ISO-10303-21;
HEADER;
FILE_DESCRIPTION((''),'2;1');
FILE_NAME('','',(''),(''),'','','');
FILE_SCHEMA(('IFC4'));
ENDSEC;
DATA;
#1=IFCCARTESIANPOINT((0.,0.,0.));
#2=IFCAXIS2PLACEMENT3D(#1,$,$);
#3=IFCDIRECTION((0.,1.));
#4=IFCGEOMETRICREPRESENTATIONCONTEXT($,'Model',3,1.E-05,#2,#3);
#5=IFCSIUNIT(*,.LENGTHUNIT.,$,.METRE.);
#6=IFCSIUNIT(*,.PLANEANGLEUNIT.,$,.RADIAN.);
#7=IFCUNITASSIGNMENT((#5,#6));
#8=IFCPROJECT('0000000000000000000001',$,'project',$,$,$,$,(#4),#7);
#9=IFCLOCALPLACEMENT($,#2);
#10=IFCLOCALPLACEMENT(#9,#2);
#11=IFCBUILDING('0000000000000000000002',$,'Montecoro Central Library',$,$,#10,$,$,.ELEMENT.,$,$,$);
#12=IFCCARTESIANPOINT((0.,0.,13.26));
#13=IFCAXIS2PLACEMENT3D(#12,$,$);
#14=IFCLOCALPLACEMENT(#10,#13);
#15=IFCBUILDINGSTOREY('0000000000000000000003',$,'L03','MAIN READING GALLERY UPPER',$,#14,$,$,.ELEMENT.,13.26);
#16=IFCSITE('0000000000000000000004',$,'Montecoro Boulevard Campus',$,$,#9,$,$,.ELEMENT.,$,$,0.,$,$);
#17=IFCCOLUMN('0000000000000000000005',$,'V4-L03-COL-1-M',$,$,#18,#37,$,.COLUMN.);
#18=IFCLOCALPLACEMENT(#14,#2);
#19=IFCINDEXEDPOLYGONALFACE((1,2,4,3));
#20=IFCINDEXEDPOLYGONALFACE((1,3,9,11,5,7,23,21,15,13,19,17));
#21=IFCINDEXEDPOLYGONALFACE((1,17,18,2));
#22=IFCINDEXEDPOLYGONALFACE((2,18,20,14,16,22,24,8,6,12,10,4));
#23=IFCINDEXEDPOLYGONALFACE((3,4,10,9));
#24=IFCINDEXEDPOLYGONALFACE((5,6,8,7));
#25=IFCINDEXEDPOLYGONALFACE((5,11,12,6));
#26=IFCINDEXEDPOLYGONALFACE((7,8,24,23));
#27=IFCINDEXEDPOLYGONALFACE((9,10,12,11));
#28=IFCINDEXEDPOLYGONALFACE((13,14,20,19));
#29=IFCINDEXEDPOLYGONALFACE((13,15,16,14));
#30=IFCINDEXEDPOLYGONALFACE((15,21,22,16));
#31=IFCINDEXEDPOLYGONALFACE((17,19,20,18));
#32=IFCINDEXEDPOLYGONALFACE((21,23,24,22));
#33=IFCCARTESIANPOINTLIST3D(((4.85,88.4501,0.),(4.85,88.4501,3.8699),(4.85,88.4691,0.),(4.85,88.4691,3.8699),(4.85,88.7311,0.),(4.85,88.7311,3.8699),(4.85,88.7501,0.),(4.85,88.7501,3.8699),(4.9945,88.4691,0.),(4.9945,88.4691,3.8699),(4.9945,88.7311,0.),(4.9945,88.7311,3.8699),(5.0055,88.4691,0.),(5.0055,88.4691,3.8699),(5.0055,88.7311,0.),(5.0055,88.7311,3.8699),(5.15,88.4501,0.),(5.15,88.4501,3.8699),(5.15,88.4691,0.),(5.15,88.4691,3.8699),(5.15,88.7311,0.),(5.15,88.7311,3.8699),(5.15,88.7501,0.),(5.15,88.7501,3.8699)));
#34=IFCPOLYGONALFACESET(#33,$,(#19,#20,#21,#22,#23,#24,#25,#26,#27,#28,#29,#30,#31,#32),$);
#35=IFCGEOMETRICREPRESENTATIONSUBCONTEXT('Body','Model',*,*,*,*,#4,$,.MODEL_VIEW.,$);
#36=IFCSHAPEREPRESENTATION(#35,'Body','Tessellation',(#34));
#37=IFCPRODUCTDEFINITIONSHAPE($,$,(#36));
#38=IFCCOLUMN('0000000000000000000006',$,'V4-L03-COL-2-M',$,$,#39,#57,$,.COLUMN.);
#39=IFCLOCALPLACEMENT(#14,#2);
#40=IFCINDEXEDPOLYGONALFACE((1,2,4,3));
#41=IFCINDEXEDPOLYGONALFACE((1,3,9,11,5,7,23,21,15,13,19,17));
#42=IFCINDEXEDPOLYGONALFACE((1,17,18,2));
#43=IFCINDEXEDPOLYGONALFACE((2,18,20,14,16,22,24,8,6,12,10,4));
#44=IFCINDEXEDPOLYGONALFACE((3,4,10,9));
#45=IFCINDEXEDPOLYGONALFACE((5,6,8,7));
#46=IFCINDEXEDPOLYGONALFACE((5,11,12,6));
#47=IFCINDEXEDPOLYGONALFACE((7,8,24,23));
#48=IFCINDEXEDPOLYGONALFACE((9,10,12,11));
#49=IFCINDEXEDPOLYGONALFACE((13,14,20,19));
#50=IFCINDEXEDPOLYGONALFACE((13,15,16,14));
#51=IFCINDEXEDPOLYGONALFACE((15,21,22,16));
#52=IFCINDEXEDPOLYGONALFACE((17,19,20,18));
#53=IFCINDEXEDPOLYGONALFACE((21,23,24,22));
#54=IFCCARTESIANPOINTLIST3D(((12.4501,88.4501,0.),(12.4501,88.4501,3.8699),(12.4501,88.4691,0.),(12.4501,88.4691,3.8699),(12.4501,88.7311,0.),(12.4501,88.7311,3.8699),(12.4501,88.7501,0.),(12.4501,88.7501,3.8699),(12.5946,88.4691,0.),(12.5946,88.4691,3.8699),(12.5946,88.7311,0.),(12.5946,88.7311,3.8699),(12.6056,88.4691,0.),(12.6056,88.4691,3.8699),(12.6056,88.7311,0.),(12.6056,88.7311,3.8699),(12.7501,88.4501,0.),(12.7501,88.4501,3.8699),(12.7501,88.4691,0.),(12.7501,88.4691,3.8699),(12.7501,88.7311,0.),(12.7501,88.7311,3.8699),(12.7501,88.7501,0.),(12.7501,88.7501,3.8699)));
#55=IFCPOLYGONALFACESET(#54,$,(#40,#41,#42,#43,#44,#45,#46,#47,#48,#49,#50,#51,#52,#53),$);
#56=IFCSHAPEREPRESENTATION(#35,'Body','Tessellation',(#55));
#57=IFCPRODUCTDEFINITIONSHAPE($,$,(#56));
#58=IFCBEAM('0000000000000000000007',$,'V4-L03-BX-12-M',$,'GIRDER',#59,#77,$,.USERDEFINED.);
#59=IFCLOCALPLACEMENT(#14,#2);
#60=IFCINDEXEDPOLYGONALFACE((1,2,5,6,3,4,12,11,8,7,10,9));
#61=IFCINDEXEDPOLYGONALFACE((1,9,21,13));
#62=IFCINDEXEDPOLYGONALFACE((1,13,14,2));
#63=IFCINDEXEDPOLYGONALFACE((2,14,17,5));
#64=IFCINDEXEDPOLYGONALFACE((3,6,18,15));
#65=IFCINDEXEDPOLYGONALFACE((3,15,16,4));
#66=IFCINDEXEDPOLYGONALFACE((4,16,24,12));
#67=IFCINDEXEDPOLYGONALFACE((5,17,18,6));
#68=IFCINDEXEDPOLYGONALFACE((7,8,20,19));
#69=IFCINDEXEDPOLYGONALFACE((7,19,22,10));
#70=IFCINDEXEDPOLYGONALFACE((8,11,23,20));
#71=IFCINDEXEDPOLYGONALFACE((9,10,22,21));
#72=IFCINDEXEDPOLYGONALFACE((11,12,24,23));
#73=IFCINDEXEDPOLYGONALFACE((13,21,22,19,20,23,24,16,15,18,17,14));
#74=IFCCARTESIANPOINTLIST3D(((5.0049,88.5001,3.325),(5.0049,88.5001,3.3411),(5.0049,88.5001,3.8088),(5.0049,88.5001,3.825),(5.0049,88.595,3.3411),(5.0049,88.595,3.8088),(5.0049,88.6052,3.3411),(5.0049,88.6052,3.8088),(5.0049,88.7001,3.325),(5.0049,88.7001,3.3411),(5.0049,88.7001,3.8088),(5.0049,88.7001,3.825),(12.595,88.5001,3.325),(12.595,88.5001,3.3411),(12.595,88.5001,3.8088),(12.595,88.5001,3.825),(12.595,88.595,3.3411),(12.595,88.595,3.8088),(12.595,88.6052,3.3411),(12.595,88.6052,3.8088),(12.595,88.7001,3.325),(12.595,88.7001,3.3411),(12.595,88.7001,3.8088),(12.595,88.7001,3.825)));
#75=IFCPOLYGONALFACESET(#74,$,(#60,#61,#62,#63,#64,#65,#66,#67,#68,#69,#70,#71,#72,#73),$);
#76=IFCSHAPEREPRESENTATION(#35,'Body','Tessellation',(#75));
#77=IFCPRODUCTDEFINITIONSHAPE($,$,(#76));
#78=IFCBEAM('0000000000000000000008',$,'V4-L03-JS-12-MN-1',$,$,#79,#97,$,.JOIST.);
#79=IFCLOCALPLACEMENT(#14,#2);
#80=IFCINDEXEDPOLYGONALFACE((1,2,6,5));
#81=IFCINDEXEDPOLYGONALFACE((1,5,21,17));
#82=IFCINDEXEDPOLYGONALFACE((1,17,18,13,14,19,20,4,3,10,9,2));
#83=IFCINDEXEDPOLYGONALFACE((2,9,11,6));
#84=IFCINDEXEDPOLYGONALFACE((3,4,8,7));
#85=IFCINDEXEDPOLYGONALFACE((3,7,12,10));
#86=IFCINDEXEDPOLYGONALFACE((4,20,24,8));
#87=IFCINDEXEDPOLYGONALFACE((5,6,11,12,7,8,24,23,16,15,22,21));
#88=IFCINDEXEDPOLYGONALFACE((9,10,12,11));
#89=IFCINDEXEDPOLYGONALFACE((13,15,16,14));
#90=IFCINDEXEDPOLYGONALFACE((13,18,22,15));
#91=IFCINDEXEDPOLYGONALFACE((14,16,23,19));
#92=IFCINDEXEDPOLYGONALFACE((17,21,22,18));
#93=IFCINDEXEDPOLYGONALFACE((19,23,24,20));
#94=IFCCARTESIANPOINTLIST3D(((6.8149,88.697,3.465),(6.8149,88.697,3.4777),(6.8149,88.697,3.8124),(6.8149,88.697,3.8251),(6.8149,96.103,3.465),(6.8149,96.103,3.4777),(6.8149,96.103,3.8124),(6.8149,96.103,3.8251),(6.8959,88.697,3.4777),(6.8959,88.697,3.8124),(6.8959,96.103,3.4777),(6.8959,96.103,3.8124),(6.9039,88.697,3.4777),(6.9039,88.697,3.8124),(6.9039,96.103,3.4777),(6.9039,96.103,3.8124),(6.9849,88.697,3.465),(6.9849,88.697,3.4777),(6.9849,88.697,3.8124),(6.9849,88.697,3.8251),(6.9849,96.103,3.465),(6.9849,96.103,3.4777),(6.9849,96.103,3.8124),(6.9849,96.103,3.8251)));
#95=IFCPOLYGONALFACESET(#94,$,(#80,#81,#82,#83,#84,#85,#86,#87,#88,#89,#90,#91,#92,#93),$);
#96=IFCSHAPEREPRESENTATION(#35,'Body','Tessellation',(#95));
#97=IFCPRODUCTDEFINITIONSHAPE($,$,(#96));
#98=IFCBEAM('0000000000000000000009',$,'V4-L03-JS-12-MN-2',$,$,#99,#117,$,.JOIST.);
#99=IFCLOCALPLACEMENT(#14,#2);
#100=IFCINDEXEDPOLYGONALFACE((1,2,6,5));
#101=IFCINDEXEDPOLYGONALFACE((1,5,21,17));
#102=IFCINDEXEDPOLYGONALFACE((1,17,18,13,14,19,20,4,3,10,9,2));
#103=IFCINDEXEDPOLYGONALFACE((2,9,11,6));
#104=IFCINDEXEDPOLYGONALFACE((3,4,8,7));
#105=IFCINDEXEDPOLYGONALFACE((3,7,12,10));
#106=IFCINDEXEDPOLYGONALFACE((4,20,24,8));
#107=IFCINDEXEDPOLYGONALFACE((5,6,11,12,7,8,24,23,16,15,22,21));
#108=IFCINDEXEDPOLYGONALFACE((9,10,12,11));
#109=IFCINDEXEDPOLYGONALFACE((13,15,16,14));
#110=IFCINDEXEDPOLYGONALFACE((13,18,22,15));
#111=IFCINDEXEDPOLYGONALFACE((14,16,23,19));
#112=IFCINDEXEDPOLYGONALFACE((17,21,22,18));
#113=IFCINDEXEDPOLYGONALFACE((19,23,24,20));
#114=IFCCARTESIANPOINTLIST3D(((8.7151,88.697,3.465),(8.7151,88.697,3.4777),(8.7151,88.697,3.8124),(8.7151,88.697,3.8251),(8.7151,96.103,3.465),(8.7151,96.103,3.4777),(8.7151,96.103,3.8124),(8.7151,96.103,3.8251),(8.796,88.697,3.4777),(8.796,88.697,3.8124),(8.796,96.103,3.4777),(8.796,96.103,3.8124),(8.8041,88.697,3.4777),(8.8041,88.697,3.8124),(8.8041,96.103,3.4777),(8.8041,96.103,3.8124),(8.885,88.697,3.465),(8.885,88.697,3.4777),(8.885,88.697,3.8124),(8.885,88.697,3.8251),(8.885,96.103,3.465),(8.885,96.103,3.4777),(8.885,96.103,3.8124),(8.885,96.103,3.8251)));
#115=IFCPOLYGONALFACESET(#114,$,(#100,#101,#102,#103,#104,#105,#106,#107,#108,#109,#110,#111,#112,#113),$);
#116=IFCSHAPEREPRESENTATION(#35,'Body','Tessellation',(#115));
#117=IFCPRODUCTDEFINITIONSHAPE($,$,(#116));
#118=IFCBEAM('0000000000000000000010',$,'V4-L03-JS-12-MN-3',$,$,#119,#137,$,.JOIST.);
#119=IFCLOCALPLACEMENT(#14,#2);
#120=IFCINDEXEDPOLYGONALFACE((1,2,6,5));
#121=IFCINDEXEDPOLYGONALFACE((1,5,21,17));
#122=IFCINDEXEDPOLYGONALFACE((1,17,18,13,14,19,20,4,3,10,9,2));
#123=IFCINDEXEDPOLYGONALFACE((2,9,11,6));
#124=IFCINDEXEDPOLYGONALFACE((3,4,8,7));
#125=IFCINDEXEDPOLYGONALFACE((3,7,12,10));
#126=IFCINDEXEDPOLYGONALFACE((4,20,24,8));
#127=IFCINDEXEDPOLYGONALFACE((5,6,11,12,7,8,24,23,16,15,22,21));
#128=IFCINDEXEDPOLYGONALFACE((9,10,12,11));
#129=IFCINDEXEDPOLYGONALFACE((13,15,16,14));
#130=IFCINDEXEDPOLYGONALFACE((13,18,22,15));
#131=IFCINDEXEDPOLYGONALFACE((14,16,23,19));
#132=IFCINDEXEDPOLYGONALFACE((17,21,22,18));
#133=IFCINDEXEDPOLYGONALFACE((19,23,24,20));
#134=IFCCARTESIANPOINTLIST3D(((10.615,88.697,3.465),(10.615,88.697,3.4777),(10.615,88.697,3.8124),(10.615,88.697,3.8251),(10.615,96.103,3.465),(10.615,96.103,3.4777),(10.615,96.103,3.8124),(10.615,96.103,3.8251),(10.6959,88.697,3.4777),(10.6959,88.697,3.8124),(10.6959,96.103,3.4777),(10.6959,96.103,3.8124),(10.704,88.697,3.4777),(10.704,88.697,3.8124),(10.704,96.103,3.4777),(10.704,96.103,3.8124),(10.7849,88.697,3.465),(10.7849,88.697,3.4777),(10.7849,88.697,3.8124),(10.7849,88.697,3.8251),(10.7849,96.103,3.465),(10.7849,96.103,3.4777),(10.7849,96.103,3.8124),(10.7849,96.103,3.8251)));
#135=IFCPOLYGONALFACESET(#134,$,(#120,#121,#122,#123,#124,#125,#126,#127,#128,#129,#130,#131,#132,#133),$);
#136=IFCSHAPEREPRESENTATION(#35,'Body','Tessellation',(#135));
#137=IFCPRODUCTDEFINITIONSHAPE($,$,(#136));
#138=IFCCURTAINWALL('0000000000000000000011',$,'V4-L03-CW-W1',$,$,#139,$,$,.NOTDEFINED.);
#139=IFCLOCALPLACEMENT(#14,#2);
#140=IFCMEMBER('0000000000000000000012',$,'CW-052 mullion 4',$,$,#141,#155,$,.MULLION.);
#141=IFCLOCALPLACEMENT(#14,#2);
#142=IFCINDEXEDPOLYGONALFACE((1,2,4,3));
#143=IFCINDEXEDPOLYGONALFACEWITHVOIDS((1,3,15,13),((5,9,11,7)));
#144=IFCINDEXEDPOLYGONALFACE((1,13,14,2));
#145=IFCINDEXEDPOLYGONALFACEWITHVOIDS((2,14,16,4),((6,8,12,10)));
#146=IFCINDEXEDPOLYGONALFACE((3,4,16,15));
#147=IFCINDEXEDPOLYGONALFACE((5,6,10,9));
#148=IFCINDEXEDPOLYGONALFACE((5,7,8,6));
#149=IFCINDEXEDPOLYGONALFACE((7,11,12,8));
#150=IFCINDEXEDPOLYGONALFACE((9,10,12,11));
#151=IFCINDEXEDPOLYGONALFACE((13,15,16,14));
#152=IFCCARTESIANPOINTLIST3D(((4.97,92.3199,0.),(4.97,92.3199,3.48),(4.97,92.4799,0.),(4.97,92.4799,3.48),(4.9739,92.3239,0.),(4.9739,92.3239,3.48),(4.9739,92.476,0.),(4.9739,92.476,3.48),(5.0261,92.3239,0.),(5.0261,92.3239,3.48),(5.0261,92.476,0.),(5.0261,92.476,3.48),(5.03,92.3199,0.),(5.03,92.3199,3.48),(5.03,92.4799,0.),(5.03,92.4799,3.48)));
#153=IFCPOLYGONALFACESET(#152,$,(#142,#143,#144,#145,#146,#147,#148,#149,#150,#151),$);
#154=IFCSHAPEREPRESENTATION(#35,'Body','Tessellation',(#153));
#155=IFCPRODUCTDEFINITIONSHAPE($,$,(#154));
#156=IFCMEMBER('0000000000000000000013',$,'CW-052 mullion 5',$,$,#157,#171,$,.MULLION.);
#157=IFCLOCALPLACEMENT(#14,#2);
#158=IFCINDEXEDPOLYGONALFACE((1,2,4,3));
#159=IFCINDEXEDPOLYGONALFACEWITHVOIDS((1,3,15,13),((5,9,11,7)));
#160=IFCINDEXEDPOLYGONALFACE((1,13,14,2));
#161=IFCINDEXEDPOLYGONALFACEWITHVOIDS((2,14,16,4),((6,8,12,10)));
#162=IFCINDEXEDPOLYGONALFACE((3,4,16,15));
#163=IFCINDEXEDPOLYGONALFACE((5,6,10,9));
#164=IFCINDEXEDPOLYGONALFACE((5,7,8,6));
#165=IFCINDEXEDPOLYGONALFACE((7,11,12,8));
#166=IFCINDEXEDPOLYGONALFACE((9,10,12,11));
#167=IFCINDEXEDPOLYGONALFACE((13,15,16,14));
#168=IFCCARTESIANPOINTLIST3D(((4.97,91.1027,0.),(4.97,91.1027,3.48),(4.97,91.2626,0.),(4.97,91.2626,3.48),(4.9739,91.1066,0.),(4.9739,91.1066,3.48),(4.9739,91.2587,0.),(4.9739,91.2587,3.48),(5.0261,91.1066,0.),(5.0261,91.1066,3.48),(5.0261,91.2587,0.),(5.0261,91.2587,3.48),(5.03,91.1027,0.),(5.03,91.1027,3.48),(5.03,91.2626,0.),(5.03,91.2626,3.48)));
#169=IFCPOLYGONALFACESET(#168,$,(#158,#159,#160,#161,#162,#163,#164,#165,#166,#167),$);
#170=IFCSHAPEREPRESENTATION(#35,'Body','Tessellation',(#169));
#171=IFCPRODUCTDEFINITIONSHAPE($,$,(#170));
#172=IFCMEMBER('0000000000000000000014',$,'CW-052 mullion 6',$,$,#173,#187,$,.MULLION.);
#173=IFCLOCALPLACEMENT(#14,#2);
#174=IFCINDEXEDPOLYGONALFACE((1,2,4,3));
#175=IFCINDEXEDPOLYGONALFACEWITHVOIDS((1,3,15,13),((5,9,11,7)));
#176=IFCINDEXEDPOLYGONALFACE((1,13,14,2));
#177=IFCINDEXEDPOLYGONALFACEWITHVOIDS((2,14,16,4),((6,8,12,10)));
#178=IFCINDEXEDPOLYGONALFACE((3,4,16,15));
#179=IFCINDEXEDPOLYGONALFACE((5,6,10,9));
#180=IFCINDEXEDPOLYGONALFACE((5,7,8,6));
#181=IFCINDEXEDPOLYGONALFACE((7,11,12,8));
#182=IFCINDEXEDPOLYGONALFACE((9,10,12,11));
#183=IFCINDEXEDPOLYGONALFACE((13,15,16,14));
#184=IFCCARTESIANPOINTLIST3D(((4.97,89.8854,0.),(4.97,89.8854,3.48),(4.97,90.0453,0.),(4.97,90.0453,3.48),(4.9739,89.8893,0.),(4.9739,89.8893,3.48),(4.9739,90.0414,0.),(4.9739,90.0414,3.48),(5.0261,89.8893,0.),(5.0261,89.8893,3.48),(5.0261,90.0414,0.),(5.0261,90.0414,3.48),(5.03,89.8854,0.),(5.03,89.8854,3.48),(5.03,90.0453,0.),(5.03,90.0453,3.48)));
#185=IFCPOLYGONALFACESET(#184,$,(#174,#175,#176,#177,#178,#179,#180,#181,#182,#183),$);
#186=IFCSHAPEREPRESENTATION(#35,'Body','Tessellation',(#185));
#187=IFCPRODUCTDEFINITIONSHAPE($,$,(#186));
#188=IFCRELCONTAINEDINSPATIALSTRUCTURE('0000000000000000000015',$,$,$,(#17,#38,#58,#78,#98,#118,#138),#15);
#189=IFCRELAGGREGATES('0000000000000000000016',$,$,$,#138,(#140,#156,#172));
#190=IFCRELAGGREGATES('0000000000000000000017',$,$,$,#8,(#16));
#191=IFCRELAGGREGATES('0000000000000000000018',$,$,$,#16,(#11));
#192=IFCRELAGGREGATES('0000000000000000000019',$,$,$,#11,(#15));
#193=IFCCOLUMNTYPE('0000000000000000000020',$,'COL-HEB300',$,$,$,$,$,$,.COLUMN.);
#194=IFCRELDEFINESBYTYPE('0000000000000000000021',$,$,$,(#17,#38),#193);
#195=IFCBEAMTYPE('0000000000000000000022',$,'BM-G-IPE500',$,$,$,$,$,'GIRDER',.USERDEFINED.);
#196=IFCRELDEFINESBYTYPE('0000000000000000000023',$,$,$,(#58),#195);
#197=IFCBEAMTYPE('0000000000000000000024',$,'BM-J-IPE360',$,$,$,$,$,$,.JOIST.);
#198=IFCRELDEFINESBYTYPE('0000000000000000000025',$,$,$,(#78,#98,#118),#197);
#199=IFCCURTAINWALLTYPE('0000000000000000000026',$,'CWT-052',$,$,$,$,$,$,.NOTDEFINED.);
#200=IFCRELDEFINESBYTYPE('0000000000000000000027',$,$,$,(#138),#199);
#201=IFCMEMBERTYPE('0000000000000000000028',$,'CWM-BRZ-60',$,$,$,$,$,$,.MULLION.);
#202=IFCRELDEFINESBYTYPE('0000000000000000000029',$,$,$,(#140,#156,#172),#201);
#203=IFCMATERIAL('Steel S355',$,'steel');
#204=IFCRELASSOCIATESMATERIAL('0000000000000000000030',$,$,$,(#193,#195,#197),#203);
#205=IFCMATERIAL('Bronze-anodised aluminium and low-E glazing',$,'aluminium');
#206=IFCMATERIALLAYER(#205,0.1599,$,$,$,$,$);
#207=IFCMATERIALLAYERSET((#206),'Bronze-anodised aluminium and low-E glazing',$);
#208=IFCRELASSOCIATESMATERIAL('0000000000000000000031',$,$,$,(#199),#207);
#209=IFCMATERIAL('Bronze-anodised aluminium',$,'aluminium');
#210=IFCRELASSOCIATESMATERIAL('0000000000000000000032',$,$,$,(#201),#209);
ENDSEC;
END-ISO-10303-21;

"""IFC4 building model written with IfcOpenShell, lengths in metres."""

from ifc_helpers import new_model, si_unit, direction, frame, origin, origin_2d, place, context, subcontext, project, spatial, hollow_rectangle, i_section, extrude, material, layer, layer_set, material_profile, profile_set, type_object, element, aggregate, save


model = new_model("IFC4")

# Units and contexts
model_context = context("Model", 3, precision=1e-05, world=origin(), true_north=direction((0.0, 1.0)))
body_context = subcontext(model_context, "Body", "Model", "MODEL_VIEW")
ifc_project = project(units=[si_unit("LENGTHUNIT", "METRE"), si_unit("PLANEANGLEUNIT", "RADIAN")], contexts=[model_context])

# Site, building, storey
site_placement = place(None, origin())
site = spatial("IfcSite", under=ifc_project, at=site_placement, Name="Montecoro Boulevard Campus", CompositionType="ELEMENT", RefElevation=0.0)
building_placement = place(site_placement, origin())
building = spatial("IfcBuilding", under=site, at=building_placement, Name="Montecoro Central Library", CompositionType="ELEMENT")
storey_placement = place(building_placement, frame((0.0, 0.0, 13.26)))
storey = spatial("IfcBuildingStorey", under=building, at=storey_placement, Name="L03", Description="MAIN READING GALLERY UPPER", CompositionType="ELEMENT", Elevation=13.26)

# Columns
ifc_material_1 = material(Name="Steel S355", Category="steel")
ifc_material_profile_1 = material_profile(ifc_material_1, i_section(OverallWidth=0.3, OverallDepth=0.3, WebThickness=0.011, FlangeThickness=0.019, at=origin_2d()), Name="HEB 300")
ifc_profile_set_1 = profile_set([ifc_material_profile_1], Name="Steel S355")
column_type = type_object("IfcColumnType", Name="COL-HEB300", PredefinedType="COLUMN", material=ifc_profile_set_1)
for number, where, z_axis, x_axis, name in (
    (1, (5.0, 88.6001, 0.0), (0.0, 0.0, 1.0), (1.0, 0.0, 0.0), "V4-L03-COL-1-M"),
    (2, (12.6001, 88.6001, 0.0), (0.0, 0.0, 1.0), (1.0, 0.0, 0.0), "V4-L03-COL-2-M"),
):
    element("IfcColumn", number, at=place(storey_placement, frame(where, z_axis=z_axis, x_axis=x_axis)), inside=storey, type_object=column_type, Name=name, PredefinedType="COLUMN", context=body_context, shape_type="SweptSolid", body=[
        extrude(i_section(OverallWidth=0.3, OverallDepth=0.3, WebThickness=0.011, FlangeThickness=0.019, at=origin_2d()), origin(), (0.0, 0.0, 1.0), 3.8699),
    ])

# Beams
ifc_material_profile_2 = material_profile(ifc_material_1, i_section(OverallWidth=0.2, OverallDepth=0.5, WebThickness=0.0103, FlangeThickness=0.0161, at=origin_2d()), Name="IPE 500")
ifc_profile_set_2 = profile_set([ifc_material_profile_2], Name="Steel S355")
beam_type_1 = type_object("IfcBeamType", Name="BM-G-IPE500", ElementType="GIRDER", PredefinedType="USERDEFINED", material=ifc_profile_set_2)
beam_placement = place(storey_placement, frame((5.0049, 88.6001, 3.575), z_axis=(1.0, 0.0, 0.0), x_axis=(0.0, 1.0, 0.0)))
element("IfcBeam", 3, at=beam_placement, inside=storey, type_object=beam_type_1, Name="V4-L03-BX-12-M", ObjectType="GIRDER", PredefinedType="USERDEFINED", context=body_context, shape_type="SweptSolid", body=[
    extrude(i_section(OverallWidth=0.2, OverallDepth=0.5, WebThickness=0.0103, FlangeThickness=0.0161, at=origin_2d()), origin(), (0.0, 0.0, 1.0), 7.5901),
])
ifc_material_profile_3 = material_profile(ifc_material_1, i_section(OverallWidth=0.1699, OverallDepth=0.3601, WebThickness=0.0081, FlangeThickness=0.0127, at=origin_2d()), Name="IPE 360")
ifc_profile_set_3 = profile_set([ifc_material_profile_3], Name="Steel S355")
beam_type_2 = type_object("IfcBeamType", Name="BM-J-IPE360", PredefinedType="JOIST", material=ifc_profile_set_3)
for number, where, z_axis, x_axis, name in (
    (4, (6.8999, 88.697, 3.645), (0.0, 1.0, 0.0), (-1.0, 0.0, 0.0), "V4-L03-JS-12-MN-1"),
    (5, (8.8, 88.697, 3.645), (0.0, 1.0, 0.0), (-1.0, 0.0, 0.0), "V4-L03-JS-12-MN-2"),
    (6, (10.7, 88.697, 3.645), (0.0, 1.0, 0.0), (-1.0, 0.0, 0.0), "V4-L03-JS-12-MN-3"),
):
    element("IfcBeam", number, at=place(storey_placement, frame(where, z_axis=z_axis, x_axis=x_axis)), inside=storey, type_object=beam_type_2, Name=name, PredefinedType="JOIST", context=body_context, shape_type="SweptSolid", body=[
        extrude(i_section(OverallWidth=0.1699, OverallDepth=0.3601, WebThickness=0.0081, FlangeThickness=0.0127, at=origin_2d()), origin(), (0.0, 0.0, 1.0), 7.406),
    ])

# Curtain wall, members
ifc_material_2 = material(Name="Bronze-anodised aluminium and low-E glazing", Category="aluminium")
ifc_layer_1 = layer(ifc_material_2, 0.1599)
ifc_layer_set_1 = layer_set([ifc_layer_1], Name="Bronze-anodised aluminium and low-E glazing")
curtain_wall_type = type_object("IfcCurtainWallType", Name="CWT-052", PredefinedType="NOTDEFINED", material=ifc_layer_set_1)
curtain_wall_placement = place(storey_placement, origin())
curtain_wall = element("IfcCurtainWall", 7, at=curtain_wall_placement, inside=storey, type_object=curtain_wall_type, Name="V4-L03-CW-W1", PredefinedType="NOTDEFINED")
ifc_material_3 = material(Name="Bronze-anodised aluminium", Category="aluminium")
ifc_material_profile_4 = material_profile(ifc_material_3, hollow_rectangle(XDim=0.0601, YDim=0.1599, WallThickness=0.0039, at=origin_2d()), Name="CWM 160x60x4.0")
ifc_profile_set_4 = profile_set([ifc_material_profile_4], Name="Bronze-anodised aluminium")
member_type_1 = type_object("IfcMemberType", Name="CWM-BRZ-60", PredefinedType="MULLION", material=ifc_profile_set_4)
member_1_placement = place(storey_placement, frame((5.0, 92.3999, 0.0), z_axis=(0.0, 0.0, 1.0), x_axis=(1.0, 0.0, 0.0)))
member_1 = element("IfcMember", 8, at=member_1_placement, type_object=member_type_1, Name="CW-052 mullion 4", PredefinedType="MULLION", context=body_context, shape_type="SweptSolid", body=[
    extrude(hollow_rectangle(XDim=0.0601, YDim=0.1599, WallThickness=0.0039, at=origin_2d()), origin(), (0.0, 0.0, 1.0), 3.48),
])
member_2_placement = place(storey_placement, frame((5.0, 91.1826, 0.0), z_axis=(0.0, 0.0, 1.0), x_axis=(1.0, 0.0, 0.0)))
member_2 = element("IfcMember", 9, at=member_2_placement, type_object=member_type_1, Name="CW-052 mullion 5", PredefinedType="MULLION", context=body_context, shape_type="SweptSolid", body=[
    extrude(hollow_rectangle(XDim=0.0601, YDim=0.1599, WallThickness=0.0039, at=origin_2d()), origin(), (0.0, 0.0, 1.0), 3.48),
])
member_3_placement = place(storey_placement, frame((5.0, 89.9653, 0.0), z_axis=(0.0, 0.0, 1.0), x_axis=(1.0, 0.0, 0.0)))
member_3 = element("IfcMember", 10, at=member_3_placement, type_object=member_type_1, Name="CW-052 mullion 6", PredefinedType="MULLION", context=body_context, shape_type="SweptSolid", body=[
    extrude(hollow_rectangle(XDim=0.0601, YDim=0.1599, WallThickness=0.0039, at=origin_2d()), origin(), (0.0, 0.0, 1.0), 3.48),
])
aggregate(curtain_wall, [member_1, member_2, member_3])

save(model, "model.ifc")
